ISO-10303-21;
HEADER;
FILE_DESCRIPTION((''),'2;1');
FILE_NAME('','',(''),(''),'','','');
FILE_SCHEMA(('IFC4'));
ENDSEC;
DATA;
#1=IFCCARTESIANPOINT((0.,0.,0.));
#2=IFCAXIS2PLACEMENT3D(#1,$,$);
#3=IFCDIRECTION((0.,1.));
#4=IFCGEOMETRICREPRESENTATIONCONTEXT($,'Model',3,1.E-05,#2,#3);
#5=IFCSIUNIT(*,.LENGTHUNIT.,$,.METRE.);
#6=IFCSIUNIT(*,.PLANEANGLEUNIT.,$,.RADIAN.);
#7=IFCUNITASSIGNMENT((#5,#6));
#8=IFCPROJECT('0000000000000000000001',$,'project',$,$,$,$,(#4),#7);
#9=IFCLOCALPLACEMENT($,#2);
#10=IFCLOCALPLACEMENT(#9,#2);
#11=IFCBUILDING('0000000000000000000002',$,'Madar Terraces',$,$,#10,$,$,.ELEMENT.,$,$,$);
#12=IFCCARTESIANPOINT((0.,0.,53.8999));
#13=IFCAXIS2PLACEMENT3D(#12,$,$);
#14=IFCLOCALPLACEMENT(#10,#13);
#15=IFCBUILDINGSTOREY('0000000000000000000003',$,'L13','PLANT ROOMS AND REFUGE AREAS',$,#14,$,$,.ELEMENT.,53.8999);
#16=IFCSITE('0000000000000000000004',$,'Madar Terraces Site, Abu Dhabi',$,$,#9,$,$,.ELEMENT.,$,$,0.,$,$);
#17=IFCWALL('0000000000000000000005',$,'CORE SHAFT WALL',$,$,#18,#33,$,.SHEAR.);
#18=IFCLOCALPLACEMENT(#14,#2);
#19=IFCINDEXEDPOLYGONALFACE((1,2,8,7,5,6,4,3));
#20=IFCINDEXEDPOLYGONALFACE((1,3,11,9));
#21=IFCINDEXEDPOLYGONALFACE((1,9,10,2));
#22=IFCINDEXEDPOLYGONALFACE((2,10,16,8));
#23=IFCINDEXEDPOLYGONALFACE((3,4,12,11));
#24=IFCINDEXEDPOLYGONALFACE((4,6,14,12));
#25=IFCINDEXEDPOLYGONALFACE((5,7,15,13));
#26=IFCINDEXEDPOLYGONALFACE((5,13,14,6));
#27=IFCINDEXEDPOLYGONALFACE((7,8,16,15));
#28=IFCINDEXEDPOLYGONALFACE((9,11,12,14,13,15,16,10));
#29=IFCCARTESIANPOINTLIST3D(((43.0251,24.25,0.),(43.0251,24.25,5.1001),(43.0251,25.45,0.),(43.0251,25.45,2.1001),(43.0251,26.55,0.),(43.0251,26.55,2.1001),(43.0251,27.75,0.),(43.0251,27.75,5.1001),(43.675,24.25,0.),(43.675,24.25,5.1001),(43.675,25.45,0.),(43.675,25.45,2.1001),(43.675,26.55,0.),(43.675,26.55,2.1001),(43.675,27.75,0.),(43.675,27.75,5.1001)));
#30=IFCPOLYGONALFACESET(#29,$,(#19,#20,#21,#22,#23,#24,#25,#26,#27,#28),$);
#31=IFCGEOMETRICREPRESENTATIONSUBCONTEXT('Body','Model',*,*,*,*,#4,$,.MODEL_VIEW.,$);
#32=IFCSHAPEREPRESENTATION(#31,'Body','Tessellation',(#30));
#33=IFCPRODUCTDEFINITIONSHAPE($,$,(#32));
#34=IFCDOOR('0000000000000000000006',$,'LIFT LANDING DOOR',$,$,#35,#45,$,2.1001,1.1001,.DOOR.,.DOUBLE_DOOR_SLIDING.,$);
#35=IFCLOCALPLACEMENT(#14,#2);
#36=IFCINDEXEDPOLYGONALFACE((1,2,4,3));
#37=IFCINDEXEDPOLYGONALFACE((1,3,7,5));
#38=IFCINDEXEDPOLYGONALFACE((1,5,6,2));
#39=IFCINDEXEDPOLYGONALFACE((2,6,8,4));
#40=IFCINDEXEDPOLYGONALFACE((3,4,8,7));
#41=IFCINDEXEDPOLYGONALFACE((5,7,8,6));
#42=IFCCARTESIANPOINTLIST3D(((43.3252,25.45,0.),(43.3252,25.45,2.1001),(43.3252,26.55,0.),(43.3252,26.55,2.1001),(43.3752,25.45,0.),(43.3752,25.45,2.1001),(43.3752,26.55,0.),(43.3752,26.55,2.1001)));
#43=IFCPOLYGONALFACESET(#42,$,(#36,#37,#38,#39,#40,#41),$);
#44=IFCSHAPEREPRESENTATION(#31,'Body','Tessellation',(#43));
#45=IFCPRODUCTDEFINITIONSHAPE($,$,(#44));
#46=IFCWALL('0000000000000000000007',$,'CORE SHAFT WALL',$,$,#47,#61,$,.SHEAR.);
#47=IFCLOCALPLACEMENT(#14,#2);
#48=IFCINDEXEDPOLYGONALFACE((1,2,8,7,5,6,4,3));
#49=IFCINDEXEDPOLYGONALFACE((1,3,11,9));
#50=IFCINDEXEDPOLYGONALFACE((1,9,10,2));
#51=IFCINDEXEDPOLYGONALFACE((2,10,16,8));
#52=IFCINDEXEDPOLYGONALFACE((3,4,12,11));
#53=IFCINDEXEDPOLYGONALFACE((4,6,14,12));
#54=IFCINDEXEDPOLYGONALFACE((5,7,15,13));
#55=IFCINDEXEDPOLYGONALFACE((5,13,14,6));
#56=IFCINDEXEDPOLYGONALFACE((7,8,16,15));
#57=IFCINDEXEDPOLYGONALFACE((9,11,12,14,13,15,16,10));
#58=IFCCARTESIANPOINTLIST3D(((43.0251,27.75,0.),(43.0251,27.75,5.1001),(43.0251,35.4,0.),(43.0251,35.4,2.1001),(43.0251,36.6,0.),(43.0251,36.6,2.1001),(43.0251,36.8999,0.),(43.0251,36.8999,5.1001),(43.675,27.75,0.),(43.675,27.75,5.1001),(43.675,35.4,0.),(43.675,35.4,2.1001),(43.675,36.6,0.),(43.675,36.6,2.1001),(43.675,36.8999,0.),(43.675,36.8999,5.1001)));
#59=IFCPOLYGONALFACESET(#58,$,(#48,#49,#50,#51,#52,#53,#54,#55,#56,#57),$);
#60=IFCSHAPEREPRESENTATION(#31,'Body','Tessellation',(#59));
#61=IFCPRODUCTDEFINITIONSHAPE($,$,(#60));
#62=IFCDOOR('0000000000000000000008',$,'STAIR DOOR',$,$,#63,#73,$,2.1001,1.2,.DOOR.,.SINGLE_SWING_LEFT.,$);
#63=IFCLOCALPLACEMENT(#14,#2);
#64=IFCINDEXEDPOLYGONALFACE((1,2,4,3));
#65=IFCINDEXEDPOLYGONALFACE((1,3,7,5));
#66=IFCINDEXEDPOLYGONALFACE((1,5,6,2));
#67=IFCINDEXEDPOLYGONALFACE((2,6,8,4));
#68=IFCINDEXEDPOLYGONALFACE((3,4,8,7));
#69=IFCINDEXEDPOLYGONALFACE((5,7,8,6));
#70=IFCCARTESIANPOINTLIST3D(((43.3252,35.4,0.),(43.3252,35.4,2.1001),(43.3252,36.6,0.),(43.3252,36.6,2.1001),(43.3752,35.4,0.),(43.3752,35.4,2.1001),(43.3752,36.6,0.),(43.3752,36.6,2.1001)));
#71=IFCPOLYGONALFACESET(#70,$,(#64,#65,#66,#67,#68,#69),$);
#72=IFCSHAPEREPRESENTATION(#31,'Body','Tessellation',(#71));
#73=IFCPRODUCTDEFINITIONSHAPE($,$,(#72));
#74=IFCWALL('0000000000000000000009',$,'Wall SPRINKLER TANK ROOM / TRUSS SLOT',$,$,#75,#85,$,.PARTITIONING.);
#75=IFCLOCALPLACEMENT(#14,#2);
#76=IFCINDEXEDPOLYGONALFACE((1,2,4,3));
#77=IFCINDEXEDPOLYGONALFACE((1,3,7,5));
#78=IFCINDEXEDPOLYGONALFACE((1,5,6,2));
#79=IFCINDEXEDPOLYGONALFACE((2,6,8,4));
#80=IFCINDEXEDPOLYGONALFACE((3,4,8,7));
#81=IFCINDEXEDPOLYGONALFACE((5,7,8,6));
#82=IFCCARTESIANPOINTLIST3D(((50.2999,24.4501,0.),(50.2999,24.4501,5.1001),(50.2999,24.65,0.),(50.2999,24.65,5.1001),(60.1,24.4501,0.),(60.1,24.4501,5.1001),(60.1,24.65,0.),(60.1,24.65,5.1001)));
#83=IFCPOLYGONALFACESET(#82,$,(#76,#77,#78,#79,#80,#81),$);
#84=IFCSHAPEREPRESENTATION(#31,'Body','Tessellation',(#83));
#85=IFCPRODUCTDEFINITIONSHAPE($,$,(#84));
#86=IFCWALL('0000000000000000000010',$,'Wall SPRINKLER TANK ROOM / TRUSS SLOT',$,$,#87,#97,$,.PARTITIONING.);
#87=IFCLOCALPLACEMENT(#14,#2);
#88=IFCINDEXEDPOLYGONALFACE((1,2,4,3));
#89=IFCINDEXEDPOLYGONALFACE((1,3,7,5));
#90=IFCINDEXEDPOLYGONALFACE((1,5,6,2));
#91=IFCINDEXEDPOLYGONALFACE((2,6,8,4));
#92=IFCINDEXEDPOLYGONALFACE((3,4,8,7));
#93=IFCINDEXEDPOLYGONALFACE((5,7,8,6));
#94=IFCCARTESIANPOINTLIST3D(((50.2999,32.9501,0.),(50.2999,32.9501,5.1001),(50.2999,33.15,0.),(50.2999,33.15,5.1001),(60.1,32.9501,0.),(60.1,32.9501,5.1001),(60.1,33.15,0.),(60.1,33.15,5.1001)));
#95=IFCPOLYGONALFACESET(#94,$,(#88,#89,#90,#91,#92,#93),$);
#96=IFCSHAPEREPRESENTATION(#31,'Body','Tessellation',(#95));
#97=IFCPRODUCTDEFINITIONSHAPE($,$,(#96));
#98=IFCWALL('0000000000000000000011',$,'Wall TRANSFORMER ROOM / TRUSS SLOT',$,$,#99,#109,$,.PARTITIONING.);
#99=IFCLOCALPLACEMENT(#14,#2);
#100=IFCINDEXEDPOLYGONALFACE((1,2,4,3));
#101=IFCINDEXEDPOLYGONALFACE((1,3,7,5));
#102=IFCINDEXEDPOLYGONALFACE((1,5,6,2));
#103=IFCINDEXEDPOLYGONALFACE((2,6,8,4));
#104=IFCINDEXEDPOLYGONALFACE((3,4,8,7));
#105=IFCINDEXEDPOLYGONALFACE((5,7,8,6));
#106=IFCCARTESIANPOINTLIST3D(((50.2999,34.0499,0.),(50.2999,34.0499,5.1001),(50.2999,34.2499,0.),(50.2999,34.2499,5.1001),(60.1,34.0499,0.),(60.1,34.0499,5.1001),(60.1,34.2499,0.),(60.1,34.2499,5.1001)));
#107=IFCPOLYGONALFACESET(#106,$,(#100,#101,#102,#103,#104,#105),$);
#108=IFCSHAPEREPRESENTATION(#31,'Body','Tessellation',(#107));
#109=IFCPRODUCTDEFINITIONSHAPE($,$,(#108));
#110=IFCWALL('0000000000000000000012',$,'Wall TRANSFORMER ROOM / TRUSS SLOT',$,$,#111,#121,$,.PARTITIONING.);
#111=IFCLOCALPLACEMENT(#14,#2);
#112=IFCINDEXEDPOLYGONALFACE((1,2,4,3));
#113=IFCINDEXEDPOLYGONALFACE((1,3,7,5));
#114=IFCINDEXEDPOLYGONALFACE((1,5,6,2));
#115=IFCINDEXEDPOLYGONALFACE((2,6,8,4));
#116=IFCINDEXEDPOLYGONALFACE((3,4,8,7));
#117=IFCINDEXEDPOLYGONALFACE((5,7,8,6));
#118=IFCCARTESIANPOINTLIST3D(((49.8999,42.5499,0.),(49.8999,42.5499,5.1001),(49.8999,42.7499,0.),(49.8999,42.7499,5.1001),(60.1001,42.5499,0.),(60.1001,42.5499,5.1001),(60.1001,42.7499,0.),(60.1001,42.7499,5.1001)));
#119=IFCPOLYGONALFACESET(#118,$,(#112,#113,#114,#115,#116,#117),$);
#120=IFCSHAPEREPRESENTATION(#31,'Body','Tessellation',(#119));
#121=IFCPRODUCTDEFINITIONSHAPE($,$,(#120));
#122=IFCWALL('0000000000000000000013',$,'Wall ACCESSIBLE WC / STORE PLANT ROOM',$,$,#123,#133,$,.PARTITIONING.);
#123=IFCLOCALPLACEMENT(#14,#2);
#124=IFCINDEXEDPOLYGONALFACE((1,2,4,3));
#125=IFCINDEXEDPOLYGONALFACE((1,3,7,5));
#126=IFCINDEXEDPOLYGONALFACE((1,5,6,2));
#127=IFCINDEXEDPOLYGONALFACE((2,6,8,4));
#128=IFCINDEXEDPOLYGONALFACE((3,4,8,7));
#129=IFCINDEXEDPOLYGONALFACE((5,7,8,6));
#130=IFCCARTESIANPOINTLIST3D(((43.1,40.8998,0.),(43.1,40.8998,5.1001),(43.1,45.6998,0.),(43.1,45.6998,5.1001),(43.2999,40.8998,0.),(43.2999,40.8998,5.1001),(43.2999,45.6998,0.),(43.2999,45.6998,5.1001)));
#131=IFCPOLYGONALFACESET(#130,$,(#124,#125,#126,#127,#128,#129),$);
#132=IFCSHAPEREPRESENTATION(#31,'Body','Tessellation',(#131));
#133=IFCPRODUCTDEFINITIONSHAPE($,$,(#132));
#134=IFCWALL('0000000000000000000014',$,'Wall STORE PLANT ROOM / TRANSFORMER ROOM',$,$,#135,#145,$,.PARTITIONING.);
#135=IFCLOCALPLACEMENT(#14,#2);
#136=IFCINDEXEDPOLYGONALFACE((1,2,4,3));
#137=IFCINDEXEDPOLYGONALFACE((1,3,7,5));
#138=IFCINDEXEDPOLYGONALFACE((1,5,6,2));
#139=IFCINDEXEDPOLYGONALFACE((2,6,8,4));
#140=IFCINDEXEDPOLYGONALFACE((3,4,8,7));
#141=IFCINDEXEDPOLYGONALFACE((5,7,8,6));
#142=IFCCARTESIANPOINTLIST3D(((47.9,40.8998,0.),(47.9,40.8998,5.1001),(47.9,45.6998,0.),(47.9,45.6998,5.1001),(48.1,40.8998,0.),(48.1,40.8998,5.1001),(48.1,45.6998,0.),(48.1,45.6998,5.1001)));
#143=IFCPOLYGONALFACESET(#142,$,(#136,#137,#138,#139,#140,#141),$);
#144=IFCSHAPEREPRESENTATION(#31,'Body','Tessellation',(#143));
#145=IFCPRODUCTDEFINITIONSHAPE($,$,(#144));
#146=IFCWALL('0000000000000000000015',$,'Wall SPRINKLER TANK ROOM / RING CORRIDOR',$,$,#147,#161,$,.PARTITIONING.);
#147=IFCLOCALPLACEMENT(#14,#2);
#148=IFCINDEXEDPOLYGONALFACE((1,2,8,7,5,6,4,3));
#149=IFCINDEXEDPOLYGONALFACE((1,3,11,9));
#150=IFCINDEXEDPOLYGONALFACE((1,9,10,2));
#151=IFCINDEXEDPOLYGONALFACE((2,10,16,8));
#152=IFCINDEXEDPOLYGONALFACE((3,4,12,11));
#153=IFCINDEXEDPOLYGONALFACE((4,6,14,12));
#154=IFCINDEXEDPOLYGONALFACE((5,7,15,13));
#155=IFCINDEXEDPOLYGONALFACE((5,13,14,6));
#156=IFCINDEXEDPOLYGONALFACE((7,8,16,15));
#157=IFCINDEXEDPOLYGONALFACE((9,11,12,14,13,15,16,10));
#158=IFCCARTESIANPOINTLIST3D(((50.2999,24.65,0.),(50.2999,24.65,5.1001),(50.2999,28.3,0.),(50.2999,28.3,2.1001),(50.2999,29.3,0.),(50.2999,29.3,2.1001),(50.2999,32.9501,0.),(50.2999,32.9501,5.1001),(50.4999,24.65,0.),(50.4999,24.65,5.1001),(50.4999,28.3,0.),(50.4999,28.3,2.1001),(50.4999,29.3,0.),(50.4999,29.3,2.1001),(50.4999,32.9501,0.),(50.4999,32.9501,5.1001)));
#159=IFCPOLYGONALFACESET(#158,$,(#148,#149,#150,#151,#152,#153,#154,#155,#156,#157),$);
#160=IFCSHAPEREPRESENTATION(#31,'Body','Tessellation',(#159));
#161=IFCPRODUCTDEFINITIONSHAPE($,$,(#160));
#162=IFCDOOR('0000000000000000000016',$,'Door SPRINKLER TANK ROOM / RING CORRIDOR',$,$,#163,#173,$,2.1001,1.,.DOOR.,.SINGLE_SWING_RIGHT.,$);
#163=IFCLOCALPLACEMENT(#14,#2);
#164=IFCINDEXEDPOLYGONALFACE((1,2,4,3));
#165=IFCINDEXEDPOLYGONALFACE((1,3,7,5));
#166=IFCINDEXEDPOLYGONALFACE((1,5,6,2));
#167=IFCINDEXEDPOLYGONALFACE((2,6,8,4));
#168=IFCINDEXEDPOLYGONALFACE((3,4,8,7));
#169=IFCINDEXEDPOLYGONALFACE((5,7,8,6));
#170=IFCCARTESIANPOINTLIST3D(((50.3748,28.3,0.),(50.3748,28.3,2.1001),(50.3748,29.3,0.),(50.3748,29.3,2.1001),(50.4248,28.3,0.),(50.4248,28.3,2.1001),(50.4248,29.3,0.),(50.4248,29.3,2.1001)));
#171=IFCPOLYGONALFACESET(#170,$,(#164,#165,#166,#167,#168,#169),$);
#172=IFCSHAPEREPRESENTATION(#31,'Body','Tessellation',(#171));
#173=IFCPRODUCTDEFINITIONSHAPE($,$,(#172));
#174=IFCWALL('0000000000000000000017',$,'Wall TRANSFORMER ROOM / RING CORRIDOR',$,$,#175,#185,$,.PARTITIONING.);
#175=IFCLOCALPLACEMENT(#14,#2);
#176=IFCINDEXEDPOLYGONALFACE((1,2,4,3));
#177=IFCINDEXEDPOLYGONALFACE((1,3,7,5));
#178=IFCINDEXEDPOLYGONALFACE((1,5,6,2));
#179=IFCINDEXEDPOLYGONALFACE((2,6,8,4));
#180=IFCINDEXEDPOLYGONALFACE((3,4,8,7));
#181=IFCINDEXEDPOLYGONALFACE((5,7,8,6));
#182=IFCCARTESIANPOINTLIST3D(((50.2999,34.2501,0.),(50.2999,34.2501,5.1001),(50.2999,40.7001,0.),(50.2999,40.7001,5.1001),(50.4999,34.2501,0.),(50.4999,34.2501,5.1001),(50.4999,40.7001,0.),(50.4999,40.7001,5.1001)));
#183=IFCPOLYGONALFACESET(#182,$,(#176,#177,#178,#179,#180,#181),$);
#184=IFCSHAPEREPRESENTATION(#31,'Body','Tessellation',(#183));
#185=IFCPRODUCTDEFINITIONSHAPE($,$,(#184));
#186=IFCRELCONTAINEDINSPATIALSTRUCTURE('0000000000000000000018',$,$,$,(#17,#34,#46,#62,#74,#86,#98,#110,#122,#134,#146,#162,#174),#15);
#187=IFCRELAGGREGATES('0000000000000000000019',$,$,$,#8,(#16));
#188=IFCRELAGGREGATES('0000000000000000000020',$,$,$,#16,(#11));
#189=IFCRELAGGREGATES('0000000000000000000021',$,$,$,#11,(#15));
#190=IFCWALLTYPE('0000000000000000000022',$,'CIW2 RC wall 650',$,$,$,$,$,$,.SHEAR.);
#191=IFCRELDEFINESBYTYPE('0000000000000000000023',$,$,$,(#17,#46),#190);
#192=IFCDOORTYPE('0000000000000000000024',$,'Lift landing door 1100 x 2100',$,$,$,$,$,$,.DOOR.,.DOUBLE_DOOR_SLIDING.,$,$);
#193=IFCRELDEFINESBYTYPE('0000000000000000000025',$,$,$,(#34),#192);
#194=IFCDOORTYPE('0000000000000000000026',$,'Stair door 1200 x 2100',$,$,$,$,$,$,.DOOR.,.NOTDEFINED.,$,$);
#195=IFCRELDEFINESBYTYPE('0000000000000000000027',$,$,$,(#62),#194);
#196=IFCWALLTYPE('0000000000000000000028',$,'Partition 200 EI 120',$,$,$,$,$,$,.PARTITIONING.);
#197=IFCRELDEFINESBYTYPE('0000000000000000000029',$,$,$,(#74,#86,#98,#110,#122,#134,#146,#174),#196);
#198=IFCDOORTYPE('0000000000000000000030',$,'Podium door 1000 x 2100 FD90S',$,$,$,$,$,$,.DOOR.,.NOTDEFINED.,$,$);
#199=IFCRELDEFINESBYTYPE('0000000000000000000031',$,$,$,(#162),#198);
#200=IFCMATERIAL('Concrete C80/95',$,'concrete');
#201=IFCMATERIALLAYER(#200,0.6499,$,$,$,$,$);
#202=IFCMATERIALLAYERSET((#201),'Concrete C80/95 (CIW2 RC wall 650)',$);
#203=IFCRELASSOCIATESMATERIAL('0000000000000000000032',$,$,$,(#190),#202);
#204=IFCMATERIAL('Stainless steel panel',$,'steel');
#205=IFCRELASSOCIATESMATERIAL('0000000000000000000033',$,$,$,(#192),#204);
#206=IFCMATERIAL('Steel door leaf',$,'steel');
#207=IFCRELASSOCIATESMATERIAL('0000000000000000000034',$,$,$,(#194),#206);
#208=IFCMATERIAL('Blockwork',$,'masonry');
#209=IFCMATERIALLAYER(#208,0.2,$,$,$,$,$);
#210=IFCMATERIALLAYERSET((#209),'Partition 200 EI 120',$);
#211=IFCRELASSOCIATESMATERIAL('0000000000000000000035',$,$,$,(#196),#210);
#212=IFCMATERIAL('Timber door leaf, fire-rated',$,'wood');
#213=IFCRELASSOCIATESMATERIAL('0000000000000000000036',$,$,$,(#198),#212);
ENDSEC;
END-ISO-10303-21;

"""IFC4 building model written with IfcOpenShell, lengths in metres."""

from ifc_helpers import new_model, si_unit, direction, frame, frame_2d, origin, place, context, subcontext, project, spatial, rectangle, extrude, material, layer, layer_set, type_object, element, fill, save


model = new_model("IFC4")

# Units and contexts
model_context = context("Model", 3, precision=1e-05, world=origin(), true_north=direction((0.0, 1.0)))
body_context = subcontext(model_context, "Body", "Model", "MODEL_VIEW")
ifc_project = project(units=[si_unit("LENGTHUNIT", "METRE"), si_unit("PLANEANGLEUNIT", "RADIAN")], contexts=[model_context])

# Site, building, storey
site_placement = place(None, origin())
site = spatial("IfcSite", under=ifc_project, at=site_placement, Name="Madar Terraces Site, Abu Dhabi", CompositionType="ELEMENT", RefElevation=0.0)
building_placement = place(site_placement, origin())
building = spatial("IfcBuilding", under=site, at=building_placement, Name="Madar Terraces", CompositionType="ELEMENT")
storey_placement = place(building_placement, frame((0.0, 0.0, 53.8999)))
storey = spatial("IfcBuildingStorey", under=building, at=storey_placement, Name="L13", Description="PLANT ROOMS AND REFUGE AREAS", CompositionType="ELEMENT", Elevation=53.8999)

# Walls, openings, doors
ifc_material_1 = material(Name="Concrete C80/95", Category="concrete")
ifc_layer_1 = layer(ifc_material_1, 0.6499)
ifc_layer_set_1 = layer_set([ifc_layer_1], Name="Concrete C80/95 (CIW2 RC wall 650)")
wall_type_1 = type_object("IfcWallType", Name="CIW2 RC wall 650", PredefinedType="SHEAR", material=ifc_layer_set_1)
wall_1_placement = place(storey_placement, frame((43.3501, 24.25, 0.0), z_axis=(0.0, 0.0, 1.0), x_axis=(0.0, 1.0, 0.0)))
wall_1 = element("IfcWall", 1, at=wall_1_placement, inside=storey, type_object=wall_type_1, Name="CORE SHAFT WALL", PredefinedType="SHEAR", context=body_context, shape_type="SweptSolid", body=[
    extrude(rectangle(XDim=3.5, YDim=0.6499, at=frame_2d((1.75, 0.0))), origin(), (0.0, 0.0, 1.0), 5.1001),
])
opening_1_placement = place(wall_1_placement, frame((1.2, 0.0, 0.0)))
opening_1 = element("IfcOpeningElement", 2, at=opening_1_placement, cuts=wall_1, PredefinedType="OPENING", context=body_context, shape_type="SweptSolid", body=[
    extrude(rectangle(XDim=1.1001, YDim=2.1001, at=frame_2d((0.55, 1.05))), frame((0.0, 0.335, 0.0), z_axis=(0.0, -1.0, 0.0), x_axis=(1.0, 0.0, 0.0)), (0.0, 0.0, 1.0), 0.6699),
])
ifc_material_2 = material(Name="Stainless steel panel", Category="steel")
door_type_1 = type_object("IfcDoorType", Name="Lift landing door 1100 x 2100", OperationType="DOUBLE_DOOR_SLIDING", PredefinedType="DOOR", material=ifc_material_2)
door_1_placement = place(opening_1_placement, origin())
door_1 = element("IfcDoor", 3, at=door_1_placement, inside=storey, type_object=door_type_1, Name="LIFT LANDING DOOR", OperationType="DOUBLE_DOOR_SLIDING", OverallHeight=2.1001, OverallWidth=1.1001, PredefinedType="DOOR", context=body_context, shape_type="SweptSolid", body=[
    extrude(rectangle(XDim=1.1001, YDim=2.1001, at=frame_2d((0.55, 1.05))), frame((0.0, 0.0249, 0.0), z_axis=(0.0, -1.0, 0.0), x_axis=(1.0, 0.0, 0.0)), (0.0, 0.0, 1.0), 0.05),
])
fill(opening_1, door_1)
wall_2_placement = place(storey_placement, frame((43.3501, 27.75, 0.0), z_axis=(0.0, 0.0, 1.0), x_axis=(0.0, 1.0, 0.0)))
wall_2 = element("IfcWall", 4, at=wall_2_placement, inside=storey, type_object=wall_type_1, Name="CORE SHAFT WALL", PredefinedType="SHEAR", context=body_context, shape_type="SweptSolid", body=[
    extrude(rectangle(XDim=9.1499, YDim=0.6499, at=frame_2d((4.575, 0.0))), origin(), (0.0, 0.0, 1.0), 5.1001),
])
opening_2_placement = place(wall_2_placement, frame((7.6499, 0.0, 0.0)))
opening_2 = element("IfcOpeningElement", 5, at=opening_2_placement, cuts=wall_2, PredefinedType="OPENING", context=body_context, shape_type="SweptSolid", body=[
    extrude(rectangle(XDim=1.2, YDim=2.1001, at=frame_2d((0.6001, 1.05))), frame((0.0, 0.335, 0.0), z_axis=(0.0, -1.0, 0.0), x_axis=(1.0, 0.0, 0.0)), (0.0, 0.0, 1.0), 0.6699),
])
ifc_material_3 = material(Name="Steel door leaf", Category="steel")
door_type_2 = type_object("IfcDoorType", Name="Stair door 1200 x 2100", OperationType="NOTDEFINED", PredefinedType="DOOR", material=ifc_material_3)
door_2_placement = place(opening_2_placement, origin())
door_2 = element("IfcDoor", 6, at=door_2_placement, inside=storey, type_object=door_type_2, Name="STAIR DOOR", OperationType="SINGLE_SWING_LEFT", OverallHeight=2.1001, OverallWidth=1.2, PredefinedType="DOOR", context=body_context, shape_type="SweptSolid", body=[
    extrude(rectangle(XDim=1.2, YDim=2.1001, at=frame_2d((0.6001, 1.05))), frame((0.0, 0.0249, 0.0), z_axis=(0.0, -1.0, 0.0), x_axis=(1.0, 0.0, 0.0)), (0.0, 0.0, 1.0), 0.05),
])
fill(opening_2, door_2)

# Walls
ifc_material_4 = material(Name="Blockwork", Category="masonry")
ifc_layer_2 = layer(ifc_material_4, 0.2)
ifc_layer_set_2 = layer_set([ifc_layer_2], Name="Partition 200 EI 120")
wall_type_2 = type_object("IfcWallType", Name="Partition 200 EI 120", PredefinedType="PARTITIONING", material=ifc_layer_set_2)
for number, where, z_axis, x_axis, name in (
    (7, (50.3, 24.55, 0.0), (0.0, 0.0, 1.0), (1.0, 0.0, 0.0), "Wall SPRINKLER TANK ROOM / TRUSS SLOT"),
    (8, (50.3, 33.05, 0.0), (0.0, 0.0, 1.0), (1.0, 0.0, 0.0), "Wall SPRINKLER TANK ROOM / TRUSS SLOT"),
    (9, (50.3, 34.1499, 0.0), (0.0, 0.0, 1.0), (1.0, 0.0, 0.0), "Wall TRANSFORMER ROOM / TRUSS SLOT"),
):
    element("IfcWall", number, at=place(storey_placement, frame(where, z_axis=z_axis, x_axis=x_axis)), inside=storey, type_object=wall_type_2, Name=name, PredefinedType="PARTITIONING", context=body_context, shape_type="SweptSolid", body=[
        extrude(rectangle(XDim=9.8, YDim=0.2, at=frame_2d((4.8999, 0.0))), origin(), (0.0, 0.0, 1.0), 5.1001),
    ])
wall_3_placement = place(storey_placement, frame((49.8999, 42.6499, 0.0), z_axis=(0.0, 0.0, 1.0), x_axis=(1.0, 0.0, 0.0)))
element("IfcWall", 10, at=wall_3_placement, inside=storey, type_object=wall_type_2, Name="Wall TRANSFORMER ROOM / TRUSS SLOT", PredefinedType="PARTITIONING", context=body_context, shape_type="SweptSolid", body=[
    extrude(rectangle(XDim=10.2002, YDim=0.2, at=frame_2d((5.1001, 0.0))), origin(), (0.0, 0.0, 1.0), 5.1001),
])
for number, where, z_axis, x_axis, name in (
    (11, (43.2, 40.8999, 0.0), (0.0, 0.0, 1.0), (0.0, 1.0, 0.0), "Wall ACCESSIBLE WC / STORE PLANT ROOM"),
    (12, (48.0, 40.8999, 0.0), (0.0, 0.0, 1.0), (0.0, 1.0, 0.0), "Wall STORE PLANT ROOM / TRANSFORMER ROOM"),
):
    element("IfcWall", number, at=place(storey_placement, frame(where, z_axis=z_axis, x_axis=x_axis)), inside=storey, type_object=wall_type_2, Name=name, PredefinedType="PARTITIONING", context=body_context, shape_type="SweptSolid", body=[
        extrude(rectangle(XDim=4.8, YDim=0.2, at=frame_2d((2.3999, 0.0))), origin(), (0.0, 0.0, 1.0), 5.1001),
    ])

# Wall, opening, door
wall_4_placement = place(storey_placement, frame((50.3999, 32.95, 0.0), z_axis=(0.0, 0.0, 1.0), x_axis=(0.0, -1.0, 0.0)))
wall_4 = element("IfcWall", 13, at=wall_4_placement, inside=storey, type_object=wall_type_2, Name="Wall SPRINKLER TANK ROOM / RING CORRIDOR", PredefinedType="PARTITIONING", context=body_context, shape_type="SweptSolid", body=[
    extrude(rectangle(XDim=8.3, YDim=0.2, at=frame_2d((4.1499, 0.0))), origin(), (0.0, 0.0, 1.0), 5.1001),
])
opening_3_placement = place(wall_4_placement, frame((3.6499, 0.0, 0.0)))
opening_3 = element("IfcOpeningElement", 14, at=opening_3_placement, cuts=wall_4, PredefinedType="OPENING", context=body_context, shape_type="SweptSolid", body=[
    extrude(rectangle(XDim=1.0, YDim=2.1001, at=frame_2d((0.5, 1.05))), frame((0.0, 0.1099, 0.0), z_axis=(0.0, -1.0, 0.0), x_axis=(1.0, 0.0, 0.0)), (0.0, 0.0, 1.0), 0.22),
])
ifc_material_5 = material(Name="Timber door leaf, fire-rated", Category="wood")
door_type_3 = type_object("IfcDoorType", Name="Podium door 1000 x 2100 FD90S", OperationType="NOTDEFINED", PredefinedType="DOOR", material=ifc_material_5)
door_3_placement = place(opening_3_placement, origin())
door_3 = element("IfcDoor", 15, at=door_3_placement, inside=storey, type_object=door_type_3, Name="Door SPRINKLER TANK ROOM / RING CORRIDOR", OperationType="SINGLE_SWING_RIGHT", OverallHeight=2.1001, OverallWidth=1.0, PredefinedType="DOOR", context=body_context, shape_type="SweptSolid", body=[
    extrude(rectangle(XDim=1.0, YDim=2.1001, at=frame_2d((0.5, 1.05))), frame((0.0, 0.0249, 0.0), z_axis=(0.0, -1.0, 0.0), x_axis=(1.0, 0.0, 0.0)), (0.0, 0.0, 1.0), 0.05),
])
fill(opening_3, door_3)

# Wall
wall_5_placement = place(storey_placement, frame((50.3999, 34.25, 0.0), z_axis=(0.0, 0.0, 1.0), x_axis=(0.0, 1.0, 0.0)))
element("IfcWall", 16, at=wall_5_placement, inside=storey, type_object=wall_type_2, Name="Wall TRANSFORMER ROOM / RING CORRIDOR", PredefinedType="PARTITIONING", context=body_context, shape_type="SweptSolid", body=[
    extrude(rectangle(XDim=6.45, YDim=0.2, at=frame_2d((3.2251, 0.0))), origin(), (0.0, 0.0, 1.0), 5.1001),
])

save(model, "model.ifc")
